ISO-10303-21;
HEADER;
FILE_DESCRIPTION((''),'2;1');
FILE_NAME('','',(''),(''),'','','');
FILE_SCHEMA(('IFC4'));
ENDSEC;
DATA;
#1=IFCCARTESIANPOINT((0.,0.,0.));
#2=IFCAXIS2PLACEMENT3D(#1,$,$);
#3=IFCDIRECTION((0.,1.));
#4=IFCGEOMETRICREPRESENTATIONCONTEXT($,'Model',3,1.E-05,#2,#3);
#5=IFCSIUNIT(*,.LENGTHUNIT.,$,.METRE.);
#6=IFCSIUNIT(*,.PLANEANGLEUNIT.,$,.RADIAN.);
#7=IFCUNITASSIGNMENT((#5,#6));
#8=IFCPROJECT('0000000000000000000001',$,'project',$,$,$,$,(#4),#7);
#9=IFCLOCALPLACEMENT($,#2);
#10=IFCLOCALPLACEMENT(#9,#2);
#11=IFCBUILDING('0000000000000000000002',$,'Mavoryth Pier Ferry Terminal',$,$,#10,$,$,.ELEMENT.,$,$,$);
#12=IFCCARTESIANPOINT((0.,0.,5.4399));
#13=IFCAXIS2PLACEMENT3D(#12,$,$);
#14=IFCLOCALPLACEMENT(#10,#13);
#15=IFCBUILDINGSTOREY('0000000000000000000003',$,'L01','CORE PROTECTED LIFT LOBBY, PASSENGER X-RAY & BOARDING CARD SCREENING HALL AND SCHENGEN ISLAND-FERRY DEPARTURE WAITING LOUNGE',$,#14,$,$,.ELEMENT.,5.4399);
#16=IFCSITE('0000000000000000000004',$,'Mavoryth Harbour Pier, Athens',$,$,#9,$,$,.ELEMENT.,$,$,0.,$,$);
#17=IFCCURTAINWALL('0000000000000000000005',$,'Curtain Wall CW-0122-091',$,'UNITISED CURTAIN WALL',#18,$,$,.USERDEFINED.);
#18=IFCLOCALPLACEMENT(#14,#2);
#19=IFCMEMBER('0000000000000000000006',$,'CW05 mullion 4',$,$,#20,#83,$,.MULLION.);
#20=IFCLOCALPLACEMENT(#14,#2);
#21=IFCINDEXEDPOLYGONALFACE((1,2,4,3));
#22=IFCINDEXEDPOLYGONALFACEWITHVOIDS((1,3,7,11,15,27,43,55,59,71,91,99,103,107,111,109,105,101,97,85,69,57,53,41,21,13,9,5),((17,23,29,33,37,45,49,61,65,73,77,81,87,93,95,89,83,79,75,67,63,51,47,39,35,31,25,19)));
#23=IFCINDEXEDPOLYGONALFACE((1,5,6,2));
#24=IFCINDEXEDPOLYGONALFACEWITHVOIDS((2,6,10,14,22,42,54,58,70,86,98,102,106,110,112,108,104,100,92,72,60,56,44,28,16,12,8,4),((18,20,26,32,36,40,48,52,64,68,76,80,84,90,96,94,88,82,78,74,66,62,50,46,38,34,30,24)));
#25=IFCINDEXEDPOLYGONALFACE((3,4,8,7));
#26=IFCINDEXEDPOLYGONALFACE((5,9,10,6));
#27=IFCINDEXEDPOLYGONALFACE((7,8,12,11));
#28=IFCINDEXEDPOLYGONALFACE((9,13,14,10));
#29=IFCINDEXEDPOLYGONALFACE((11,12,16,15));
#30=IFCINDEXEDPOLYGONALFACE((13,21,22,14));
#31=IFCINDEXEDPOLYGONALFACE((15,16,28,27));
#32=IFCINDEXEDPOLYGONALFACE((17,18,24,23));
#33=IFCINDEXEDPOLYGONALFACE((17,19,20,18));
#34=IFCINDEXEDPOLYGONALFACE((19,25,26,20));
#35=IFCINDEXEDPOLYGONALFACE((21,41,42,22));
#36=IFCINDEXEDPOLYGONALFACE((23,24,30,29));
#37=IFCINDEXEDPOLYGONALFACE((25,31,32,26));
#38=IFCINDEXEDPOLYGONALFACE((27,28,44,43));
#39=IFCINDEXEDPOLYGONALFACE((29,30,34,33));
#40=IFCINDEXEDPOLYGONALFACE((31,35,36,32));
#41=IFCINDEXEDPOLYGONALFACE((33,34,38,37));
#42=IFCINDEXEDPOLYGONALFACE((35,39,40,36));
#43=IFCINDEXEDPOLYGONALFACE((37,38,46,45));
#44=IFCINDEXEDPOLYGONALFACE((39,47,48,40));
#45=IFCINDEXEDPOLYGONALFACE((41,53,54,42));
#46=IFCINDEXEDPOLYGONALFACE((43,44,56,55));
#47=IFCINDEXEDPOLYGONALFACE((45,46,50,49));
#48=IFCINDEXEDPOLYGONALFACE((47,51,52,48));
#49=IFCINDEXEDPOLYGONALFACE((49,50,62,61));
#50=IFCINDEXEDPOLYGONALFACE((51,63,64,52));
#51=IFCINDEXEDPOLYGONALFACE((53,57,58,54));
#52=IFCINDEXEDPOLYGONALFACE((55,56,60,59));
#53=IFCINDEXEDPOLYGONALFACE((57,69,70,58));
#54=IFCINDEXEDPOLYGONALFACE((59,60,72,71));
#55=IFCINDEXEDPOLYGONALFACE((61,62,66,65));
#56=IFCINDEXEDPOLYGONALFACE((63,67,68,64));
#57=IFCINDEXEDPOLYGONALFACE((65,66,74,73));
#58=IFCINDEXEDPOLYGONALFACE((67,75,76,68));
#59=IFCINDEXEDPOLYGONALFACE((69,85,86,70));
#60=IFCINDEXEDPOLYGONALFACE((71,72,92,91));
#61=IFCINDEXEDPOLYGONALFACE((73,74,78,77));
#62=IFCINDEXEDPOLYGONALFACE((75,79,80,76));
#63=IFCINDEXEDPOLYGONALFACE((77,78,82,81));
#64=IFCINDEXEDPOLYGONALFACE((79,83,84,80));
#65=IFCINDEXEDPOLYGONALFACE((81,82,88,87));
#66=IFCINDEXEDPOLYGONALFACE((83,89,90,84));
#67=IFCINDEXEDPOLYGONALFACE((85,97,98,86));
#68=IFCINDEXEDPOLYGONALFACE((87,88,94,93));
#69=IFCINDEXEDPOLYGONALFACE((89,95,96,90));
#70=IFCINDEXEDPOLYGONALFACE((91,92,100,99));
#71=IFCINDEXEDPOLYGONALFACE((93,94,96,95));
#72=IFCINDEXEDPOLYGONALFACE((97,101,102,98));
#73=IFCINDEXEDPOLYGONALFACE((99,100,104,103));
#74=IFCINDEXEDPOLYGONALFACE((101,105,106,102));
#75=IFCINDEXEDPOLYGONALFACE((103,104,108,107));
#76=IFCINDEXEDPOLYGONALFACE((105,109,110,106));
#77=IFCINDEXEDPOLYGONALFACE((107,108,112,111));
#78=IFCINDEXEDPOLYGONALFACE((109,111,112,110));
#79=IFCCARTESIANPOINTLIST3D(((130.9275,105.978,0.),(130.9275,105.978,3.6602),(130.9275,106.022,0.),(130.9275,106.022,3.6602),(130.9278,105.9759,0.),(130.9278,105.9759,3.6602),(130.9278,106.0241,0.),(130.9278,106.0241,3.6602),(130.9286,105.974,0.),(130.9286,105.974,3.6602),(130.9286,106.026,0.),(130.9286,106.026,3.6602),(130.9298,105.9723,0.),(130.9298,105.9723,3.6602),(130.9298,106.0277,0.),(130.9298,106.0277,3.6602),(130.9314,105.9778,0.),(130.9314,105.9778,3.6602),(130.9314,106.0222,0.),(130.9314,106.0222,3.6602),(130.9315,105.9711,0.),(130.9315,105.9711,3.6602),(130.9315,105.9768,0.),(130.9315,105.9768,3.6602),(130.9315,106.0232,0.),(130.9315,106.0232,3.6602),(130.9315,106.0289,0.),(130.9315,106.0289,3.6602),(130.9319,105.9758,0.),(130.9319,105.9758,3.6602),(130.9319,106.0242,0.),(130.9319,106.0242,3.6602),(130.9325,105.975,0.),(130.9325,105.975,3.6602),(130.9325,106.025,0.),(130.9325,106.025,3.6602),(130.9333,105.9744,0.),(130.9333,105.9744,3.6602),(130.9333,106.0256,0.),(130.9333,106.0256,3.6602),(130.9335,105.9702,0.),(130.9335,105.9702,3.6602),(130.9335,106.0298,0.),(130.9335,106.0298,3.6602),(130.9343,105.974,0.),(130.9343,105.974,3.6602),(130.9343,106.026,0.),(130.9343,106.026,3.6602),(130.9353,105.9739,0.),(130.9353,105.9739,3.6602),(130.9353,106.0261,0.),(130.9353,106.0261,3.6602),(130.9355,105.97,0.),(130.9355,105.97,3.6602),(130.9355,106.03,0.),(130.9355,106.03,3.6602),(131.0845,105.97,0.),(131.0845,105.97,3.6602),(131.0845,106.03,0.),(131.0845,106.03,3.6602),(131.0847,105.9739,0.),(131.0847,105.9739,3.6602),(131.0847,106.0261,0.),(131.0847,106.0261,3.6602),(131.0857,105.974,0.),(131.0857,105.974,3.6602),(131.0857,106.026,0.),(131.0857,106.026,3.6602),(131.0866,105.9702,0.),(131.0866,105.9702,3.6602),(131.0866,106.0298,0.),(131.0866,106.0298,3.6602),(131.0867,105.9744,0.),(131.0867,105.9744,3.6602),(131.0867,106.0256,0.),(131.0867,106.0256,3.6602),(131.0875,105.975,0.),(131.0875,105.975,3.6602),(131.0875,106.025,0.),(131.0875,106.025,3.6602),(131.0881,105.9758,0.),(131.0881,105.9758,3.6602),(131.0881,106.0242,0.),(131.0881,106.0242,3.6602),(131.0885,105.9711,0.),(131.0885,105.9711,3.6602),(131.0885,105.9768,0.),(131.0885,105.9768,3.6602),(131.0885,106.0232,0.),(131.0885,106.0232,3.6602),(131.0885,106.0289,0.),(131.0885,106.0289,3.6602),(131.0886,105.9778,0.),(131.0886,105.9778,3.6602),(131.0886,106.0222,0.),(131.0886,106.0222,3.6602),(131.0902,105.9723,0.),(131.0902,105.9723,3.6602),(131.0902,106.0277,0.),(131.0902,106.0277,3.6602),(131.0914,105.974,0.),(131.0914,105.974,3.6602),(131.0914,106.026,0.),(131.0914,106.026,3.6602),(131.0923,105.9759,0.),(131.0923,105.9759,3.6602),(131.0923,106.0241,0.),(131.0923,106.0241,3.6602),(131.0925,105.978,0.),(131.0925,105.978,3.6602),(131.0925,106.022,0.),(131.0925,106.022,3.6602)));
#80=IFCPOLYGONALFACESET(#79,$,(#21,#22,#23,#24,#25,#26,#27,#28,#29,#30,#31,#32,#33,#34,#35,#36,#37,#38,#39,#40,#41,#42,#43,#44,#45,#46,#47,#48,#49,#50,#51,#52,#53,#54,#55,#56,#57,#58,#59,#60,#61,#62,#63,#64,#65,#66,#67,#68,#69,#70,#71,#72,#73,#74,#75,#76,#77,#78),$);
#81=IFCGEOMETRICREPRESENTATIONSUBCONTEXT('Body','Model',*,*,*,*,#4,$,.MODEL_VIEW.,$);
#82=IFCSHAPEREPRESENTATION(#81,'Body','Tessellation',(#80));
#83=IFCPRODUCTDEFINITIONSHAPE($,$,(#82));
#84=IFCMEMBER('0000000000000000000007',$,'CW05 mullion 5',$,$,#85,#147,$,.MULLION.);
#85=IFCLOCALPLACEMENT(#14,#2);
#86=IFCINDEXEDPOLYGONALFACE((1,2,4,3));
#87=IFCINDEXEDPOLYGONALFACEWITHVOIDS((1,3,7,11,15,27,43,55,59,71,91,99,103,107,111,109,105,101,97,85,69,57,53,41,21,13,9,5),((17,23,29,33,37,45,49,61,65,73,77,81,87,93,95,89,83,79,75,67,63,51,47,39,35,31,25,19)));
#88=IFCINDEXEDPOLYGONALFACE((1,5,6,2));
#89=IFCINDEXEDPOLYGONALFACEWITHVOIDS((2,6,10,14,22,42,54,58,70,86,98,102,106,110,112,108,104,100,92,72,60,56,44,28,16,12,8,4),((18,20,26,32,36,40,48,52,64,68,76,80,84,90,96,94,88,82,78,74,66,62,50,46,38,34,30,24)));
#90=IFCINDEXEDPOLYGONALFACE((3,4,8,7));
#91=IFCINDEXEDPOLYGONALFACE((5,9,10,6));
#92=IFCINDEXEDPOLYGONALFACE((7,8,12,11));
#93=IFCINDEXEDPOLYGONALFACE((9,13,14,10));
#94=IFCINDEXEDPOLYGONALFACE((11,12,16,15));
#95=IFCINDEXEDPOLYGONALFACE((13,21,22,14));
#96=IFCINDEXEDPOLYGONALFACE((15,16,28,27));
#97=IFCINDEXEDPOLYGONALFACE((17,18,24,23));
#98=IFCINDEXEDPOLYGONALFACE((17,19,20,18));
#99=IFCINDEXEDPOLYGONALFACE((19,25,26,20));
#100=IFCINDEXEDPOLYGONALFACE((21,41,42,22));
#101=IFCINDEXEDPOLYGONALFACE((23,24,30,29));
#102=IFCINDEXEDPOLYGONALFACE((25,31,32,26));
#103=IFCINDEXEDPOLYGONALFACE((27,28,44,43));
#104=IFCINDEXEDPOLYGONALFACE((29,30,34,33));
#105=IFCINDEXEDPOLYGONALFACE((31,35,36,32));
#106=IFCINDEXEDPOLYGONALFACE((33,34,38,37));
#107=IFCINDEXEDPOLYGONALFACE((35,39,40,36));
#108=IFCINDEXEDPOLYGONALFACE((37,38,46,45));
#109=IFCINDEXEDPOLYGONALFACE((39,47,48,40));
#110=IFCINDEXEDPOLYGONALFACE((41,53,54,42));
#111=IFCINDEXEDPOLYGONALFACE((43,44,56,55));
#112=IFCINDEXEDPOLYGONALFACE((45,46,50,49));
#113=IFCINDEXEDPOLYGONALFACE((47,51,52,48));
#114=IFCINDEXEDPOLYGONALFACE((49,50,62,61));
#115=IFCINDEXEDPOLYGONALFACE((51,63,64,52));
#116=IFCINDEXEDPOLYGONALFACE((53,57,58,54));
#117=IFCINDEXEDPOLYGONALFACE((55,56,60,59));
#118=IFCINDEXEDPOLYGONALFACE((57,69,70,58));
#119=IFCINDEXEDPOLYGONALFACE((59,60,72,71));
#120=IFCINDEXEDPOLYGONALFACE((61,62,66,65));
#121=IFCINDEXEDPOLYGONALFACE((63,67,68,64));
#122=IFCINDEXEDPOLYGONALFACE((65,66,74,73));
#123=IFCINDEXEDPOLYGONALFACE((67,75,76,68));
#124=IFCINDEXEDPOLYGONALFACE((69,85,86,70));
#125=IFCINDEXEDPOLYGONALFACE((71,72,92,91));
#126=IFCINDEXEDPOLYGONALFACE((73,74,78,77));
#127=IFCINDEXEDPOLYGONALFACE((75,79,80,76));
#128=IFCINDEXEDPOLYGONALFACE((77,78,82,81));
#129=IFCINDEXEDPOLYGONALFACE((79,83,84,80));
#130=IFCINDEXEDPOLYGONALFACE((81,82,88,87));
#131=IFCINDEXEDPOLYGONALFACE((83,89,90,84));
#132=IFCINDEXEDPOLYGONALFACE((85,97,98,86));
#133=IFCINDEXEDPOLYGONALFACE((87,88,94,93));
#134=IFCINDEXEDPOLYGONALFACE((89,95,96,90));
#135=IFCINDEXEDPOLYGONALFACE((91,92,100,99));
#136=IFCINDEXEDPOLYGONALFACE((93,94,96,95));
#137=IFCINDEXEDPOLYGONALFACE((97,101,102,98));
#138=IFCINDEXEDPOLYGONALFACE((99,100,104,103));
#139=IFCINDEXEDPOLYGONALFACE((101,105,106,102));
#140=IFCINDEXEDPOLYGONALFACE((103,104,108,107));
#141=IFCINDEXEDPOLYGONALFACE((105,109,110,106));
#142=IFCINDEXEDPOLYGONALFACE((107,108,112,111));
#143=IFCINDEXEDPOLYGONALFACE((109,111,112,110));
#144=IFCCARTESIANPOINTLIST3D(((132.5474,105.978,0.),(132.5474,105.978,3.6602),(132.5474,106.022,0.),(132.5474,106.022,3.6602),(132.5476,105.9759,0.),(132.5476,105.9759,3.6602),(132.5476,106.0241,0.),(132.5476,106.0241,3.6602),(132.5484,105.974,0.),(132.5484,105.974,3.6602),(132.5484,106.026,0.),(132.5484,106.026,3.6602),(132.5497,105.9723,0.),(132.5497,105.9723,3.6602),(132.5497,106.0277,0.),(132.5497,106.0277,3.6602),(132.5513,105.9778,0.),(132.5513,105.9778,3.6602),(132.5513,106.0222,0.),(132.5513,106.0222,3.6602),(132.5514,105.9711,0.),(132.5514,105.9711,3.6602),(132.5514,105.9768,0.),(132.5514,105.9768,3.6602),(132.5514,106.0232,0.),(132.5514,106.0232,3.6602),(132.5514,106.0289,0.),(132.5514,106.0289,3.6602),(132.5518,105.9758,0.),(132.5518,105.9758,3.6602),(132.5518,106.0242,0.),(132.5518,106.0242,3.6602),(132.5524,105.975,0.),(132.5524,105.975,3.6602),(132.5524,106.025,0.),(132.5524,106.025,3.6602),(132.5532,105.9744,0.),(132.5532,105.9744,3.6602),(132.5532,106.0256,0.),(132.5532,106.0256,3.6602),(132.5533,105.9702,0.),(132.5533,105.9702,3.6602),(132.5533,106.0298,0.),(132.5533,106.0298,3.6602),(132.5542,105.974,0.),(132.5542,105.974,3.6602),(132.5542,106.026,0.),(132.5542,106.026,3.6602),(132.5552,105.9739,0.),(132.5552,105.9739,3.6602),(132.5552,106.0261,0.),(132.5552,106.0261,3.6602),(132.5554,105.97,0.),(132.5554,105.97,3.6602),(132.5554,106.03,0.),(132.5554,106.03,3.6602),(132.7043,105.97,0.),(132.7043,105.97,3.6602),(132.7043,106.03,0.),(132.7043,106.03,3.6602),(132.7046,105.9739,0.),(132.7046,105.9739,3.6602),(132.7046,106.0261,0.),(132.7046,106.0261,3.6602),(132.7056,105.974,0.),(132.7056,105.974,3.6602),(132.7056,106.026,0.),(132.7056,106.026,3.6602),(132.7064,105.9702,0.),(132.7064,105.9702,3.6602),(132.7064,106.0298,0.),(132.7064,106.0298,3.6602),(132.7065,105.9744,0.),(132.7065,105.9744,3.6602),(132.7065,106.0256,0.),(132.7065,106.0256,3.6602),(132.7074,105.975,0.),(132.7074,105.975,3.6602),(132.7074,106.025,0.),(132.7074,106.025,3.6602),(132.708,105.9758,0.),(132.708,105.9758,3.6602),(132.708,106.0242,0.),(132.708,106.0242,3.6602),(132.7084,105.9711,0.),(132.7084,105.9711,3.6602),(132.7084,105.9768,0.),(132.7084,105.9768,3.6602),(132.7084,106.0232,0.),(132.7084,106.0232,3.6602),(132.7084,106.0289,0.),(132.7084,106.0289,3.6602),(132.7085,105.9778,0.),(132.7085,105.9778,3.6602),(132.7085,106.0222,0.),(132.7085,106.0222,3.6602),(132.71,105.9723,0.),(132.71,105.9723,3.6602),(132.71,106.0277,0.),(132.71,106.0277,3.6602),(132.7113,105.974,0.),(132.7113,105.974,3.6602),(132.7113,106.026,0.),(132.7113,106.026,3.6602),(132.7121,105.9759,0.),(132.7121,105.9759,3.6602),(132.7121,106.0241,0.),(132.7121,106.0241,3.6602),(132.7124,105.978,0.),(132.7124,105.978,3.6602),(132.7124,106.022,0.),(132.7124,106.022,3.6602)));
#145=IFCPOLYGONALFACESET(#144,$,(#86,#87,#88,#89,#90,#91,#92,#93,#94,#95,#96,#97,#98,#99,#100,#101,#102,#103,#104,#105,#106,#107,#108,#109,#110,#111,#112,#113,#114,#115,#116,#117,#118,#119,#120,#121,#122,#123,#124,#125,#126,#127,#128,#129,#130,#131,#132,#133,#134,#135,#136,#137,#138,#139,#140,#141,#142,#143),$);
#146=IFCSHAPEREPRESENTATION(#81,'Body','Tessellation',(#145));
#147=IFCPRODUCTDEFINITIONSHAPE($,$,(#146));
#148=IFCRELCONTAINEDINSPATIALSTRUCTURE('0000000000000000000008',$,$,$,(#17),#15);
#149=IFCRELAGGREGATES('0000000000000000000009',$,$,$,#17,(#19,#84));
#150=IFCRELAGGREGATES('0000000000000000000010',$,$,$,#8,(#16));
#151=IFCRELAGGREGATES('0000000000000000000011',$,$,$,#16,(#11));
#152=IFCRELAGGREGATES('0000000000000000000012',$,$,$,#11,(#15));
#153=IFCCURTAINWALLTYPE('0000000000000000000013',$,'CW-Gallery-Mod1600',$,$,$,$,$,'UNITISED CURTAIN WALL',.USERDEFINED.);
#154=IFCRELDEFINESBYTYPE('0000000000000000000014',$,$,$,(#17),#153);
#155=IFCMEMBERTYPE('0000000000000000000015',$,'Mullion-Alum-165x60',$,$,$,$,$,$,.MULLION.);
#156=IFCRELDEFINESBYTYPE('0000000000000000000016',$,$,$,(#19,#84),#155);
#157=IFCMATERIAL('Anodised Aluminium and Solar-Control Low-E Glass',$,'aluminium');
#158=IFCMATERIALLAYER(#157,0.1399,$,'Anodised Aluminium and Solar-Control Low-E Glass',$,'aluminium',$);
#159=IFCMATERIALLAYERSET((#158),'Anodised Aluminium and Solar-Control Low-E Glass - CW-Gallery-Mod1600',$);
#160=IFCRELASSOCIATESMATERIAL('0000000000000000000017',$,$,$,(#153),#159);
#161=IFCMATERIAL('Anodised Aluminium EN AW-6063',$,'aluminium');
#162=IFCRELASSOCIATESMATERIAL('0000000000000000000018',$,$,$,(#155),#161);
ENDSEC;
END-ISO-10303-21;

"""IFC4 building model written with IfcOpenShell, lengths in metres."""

from ifc_helpers import new_model, si_unit, direction, frame, origin, origin_2d, place, context, subcontext, project, spatial, hollow_rectangle, extrude, material, layer, layer_set, material_profile, profile_set, type_object, element, aggregate, save


model = new_model("IFC4")

# Units and contexts
model_context = context("Model", 3, precision=1e-05, world=origin(), true_north=direction((0.0, 1.0)))
body_context = subcontext(model_context, "Body", "Model", "MODEL_VIEW")
ifc_project = project(units=[si_unit("LENGTHUNIT", "METRE"), si_unit("PLANEANGLEUNIT", "RADIAN")], contexts=[model_context])

# Site, building, storey
site_placement = place(None, origin())
site = spatial("IfcSite", under=ifc_project, at=site_placement, Name="Mavoryth Harbour Pier, Athens", CompositionType="ELEMENT", RefElevation=0.0)
building_placement = place(site_placement, origin())
building = spatial("IfcBuilding", under=site, at=building_placement, Name="Mavoryth Pier Ferry Terminal", CompositionType="ELEMENT")
storey_placement = place(building_placement, frame((0.0, 0.0, 5.4399)))
storey = spatial("IfcBuildingStorey", under=building, at=storey_placement, Name="L01", Description="CORE PROTECTED LIFT LOBBY, PASSENGER X-RAY & BOARDING CARD SCREENING HALL AND SCHENGEN ISLAND-FERRY DEPARTURE WAITING LOUNGE", CompositionType="ELEMENT", Elevation=5.4399)

# Curtain wall, members
ifc_material_1 = material(Name="Anodised Aluminium and Solar-Control Low-E Glass", Category="aluminium")
ifc_layer_1 = layer(ifc_material_1, 0.1399, Name="Anodised Aluminium and Solar-Control Low-E Glass", Category="aluminium")
ifc_layer_set_1 = layer_set([ifc_layer_1], Name="Anodised Aluminium and Solar-Control Low-E Glass - CW-Gallery-Mod1600")
curtain_wall_type = type_object("IfcCurtainWallType", Name="CW-Gallery-Mod1600", ElementType="UNITISED CURTAIN WALL", PredefinedType="USERDEFINED", material=ifc_layer_set_1)
curtain_wall_1_placement = place(storey_placement, origin())
curtain_wall_1 = element("IfcCurtainWall", 1, at=curtain_wall_1_placement, inside=storey, type_object=curtain_wall_type, Name="Curtain Wall CW-0122-091", ObjectType="UNITISED CURTAIN WALL", PredefinedType="USERDEFINED")
ifc_material_2 = material(Name="Anodised Aluminium EN AW-6063", Category="aluminium")
ifc_material_profile_1 = material_profile(ifc_material_2, hollow_rectangle(XDim=0.0601, YDim=0.165, WallThickness=0.0039, InnerFilletRadius=0.0039, OuterFilletRadius=0.0081, at=origin_2d()), Name="AL-MULL 165x60x4", Category="aluminium")
ifc_profile_set_1 = profile_set([ifc_material_profile_1], Name="Anodised Aluminium EN AW-6063 - AL-MULL 165x60x4")
member_type_1 = type_object("IfcMemberType", Name="Mullion-Alum-165x60", PredefinedType="MULLION", material=ifc_profile_set_1)
member_1_placement = place(storey_placement, frame((131.01, 106.0, 0.0), z_axis=(0.0, 0.0, 1.0), x_axis=(0.0, 1.0, 0.0)))
member_1 = element("IfcMember", 2, at=member_1_placement, type_object=member_type_1, Name="CW05 mullion 4", PredefinedType="MULLION", context=body_context, shape_type="SweptSolid", body=[
    extrude(hollow_rectangle(XDim=0.0601, YDim=0.165, WallThickness=0.0039, InnerFilletRadius=0.0039, OuterFilletRadius=0.0081, at=origin_2d()), origin(), (0.0, 0.0, 1.0), 3.6602),
])
member_2_placement = place(storey_placement, frame((132.6299, 106.0, 0.0), z_axis=(0.0, 0.0, 1.0), x_axis=(0.0, 1.0, 0.0)))
member_2 = element("IfcMember", 3, at=member_2_placement, type_object=member_type_1, Name="CW05 mullion 5", PredefinedType="MULLION", context=body_context, shape_type="SweptSolid", body=[
    extrude(hollow_rectangle(XDim=0.0601, YDim=0.165, WallThickness=0.0039, InnerFilletRadius=0.0039, OuterFilletRadius=0.0081, at=origin_2d()), origin(), (0.0, 0.0, 1.0), 3.6602),
])

aggregate(curtain_wall_1, [member_1, member_2])

save(model, "model.ifc")
